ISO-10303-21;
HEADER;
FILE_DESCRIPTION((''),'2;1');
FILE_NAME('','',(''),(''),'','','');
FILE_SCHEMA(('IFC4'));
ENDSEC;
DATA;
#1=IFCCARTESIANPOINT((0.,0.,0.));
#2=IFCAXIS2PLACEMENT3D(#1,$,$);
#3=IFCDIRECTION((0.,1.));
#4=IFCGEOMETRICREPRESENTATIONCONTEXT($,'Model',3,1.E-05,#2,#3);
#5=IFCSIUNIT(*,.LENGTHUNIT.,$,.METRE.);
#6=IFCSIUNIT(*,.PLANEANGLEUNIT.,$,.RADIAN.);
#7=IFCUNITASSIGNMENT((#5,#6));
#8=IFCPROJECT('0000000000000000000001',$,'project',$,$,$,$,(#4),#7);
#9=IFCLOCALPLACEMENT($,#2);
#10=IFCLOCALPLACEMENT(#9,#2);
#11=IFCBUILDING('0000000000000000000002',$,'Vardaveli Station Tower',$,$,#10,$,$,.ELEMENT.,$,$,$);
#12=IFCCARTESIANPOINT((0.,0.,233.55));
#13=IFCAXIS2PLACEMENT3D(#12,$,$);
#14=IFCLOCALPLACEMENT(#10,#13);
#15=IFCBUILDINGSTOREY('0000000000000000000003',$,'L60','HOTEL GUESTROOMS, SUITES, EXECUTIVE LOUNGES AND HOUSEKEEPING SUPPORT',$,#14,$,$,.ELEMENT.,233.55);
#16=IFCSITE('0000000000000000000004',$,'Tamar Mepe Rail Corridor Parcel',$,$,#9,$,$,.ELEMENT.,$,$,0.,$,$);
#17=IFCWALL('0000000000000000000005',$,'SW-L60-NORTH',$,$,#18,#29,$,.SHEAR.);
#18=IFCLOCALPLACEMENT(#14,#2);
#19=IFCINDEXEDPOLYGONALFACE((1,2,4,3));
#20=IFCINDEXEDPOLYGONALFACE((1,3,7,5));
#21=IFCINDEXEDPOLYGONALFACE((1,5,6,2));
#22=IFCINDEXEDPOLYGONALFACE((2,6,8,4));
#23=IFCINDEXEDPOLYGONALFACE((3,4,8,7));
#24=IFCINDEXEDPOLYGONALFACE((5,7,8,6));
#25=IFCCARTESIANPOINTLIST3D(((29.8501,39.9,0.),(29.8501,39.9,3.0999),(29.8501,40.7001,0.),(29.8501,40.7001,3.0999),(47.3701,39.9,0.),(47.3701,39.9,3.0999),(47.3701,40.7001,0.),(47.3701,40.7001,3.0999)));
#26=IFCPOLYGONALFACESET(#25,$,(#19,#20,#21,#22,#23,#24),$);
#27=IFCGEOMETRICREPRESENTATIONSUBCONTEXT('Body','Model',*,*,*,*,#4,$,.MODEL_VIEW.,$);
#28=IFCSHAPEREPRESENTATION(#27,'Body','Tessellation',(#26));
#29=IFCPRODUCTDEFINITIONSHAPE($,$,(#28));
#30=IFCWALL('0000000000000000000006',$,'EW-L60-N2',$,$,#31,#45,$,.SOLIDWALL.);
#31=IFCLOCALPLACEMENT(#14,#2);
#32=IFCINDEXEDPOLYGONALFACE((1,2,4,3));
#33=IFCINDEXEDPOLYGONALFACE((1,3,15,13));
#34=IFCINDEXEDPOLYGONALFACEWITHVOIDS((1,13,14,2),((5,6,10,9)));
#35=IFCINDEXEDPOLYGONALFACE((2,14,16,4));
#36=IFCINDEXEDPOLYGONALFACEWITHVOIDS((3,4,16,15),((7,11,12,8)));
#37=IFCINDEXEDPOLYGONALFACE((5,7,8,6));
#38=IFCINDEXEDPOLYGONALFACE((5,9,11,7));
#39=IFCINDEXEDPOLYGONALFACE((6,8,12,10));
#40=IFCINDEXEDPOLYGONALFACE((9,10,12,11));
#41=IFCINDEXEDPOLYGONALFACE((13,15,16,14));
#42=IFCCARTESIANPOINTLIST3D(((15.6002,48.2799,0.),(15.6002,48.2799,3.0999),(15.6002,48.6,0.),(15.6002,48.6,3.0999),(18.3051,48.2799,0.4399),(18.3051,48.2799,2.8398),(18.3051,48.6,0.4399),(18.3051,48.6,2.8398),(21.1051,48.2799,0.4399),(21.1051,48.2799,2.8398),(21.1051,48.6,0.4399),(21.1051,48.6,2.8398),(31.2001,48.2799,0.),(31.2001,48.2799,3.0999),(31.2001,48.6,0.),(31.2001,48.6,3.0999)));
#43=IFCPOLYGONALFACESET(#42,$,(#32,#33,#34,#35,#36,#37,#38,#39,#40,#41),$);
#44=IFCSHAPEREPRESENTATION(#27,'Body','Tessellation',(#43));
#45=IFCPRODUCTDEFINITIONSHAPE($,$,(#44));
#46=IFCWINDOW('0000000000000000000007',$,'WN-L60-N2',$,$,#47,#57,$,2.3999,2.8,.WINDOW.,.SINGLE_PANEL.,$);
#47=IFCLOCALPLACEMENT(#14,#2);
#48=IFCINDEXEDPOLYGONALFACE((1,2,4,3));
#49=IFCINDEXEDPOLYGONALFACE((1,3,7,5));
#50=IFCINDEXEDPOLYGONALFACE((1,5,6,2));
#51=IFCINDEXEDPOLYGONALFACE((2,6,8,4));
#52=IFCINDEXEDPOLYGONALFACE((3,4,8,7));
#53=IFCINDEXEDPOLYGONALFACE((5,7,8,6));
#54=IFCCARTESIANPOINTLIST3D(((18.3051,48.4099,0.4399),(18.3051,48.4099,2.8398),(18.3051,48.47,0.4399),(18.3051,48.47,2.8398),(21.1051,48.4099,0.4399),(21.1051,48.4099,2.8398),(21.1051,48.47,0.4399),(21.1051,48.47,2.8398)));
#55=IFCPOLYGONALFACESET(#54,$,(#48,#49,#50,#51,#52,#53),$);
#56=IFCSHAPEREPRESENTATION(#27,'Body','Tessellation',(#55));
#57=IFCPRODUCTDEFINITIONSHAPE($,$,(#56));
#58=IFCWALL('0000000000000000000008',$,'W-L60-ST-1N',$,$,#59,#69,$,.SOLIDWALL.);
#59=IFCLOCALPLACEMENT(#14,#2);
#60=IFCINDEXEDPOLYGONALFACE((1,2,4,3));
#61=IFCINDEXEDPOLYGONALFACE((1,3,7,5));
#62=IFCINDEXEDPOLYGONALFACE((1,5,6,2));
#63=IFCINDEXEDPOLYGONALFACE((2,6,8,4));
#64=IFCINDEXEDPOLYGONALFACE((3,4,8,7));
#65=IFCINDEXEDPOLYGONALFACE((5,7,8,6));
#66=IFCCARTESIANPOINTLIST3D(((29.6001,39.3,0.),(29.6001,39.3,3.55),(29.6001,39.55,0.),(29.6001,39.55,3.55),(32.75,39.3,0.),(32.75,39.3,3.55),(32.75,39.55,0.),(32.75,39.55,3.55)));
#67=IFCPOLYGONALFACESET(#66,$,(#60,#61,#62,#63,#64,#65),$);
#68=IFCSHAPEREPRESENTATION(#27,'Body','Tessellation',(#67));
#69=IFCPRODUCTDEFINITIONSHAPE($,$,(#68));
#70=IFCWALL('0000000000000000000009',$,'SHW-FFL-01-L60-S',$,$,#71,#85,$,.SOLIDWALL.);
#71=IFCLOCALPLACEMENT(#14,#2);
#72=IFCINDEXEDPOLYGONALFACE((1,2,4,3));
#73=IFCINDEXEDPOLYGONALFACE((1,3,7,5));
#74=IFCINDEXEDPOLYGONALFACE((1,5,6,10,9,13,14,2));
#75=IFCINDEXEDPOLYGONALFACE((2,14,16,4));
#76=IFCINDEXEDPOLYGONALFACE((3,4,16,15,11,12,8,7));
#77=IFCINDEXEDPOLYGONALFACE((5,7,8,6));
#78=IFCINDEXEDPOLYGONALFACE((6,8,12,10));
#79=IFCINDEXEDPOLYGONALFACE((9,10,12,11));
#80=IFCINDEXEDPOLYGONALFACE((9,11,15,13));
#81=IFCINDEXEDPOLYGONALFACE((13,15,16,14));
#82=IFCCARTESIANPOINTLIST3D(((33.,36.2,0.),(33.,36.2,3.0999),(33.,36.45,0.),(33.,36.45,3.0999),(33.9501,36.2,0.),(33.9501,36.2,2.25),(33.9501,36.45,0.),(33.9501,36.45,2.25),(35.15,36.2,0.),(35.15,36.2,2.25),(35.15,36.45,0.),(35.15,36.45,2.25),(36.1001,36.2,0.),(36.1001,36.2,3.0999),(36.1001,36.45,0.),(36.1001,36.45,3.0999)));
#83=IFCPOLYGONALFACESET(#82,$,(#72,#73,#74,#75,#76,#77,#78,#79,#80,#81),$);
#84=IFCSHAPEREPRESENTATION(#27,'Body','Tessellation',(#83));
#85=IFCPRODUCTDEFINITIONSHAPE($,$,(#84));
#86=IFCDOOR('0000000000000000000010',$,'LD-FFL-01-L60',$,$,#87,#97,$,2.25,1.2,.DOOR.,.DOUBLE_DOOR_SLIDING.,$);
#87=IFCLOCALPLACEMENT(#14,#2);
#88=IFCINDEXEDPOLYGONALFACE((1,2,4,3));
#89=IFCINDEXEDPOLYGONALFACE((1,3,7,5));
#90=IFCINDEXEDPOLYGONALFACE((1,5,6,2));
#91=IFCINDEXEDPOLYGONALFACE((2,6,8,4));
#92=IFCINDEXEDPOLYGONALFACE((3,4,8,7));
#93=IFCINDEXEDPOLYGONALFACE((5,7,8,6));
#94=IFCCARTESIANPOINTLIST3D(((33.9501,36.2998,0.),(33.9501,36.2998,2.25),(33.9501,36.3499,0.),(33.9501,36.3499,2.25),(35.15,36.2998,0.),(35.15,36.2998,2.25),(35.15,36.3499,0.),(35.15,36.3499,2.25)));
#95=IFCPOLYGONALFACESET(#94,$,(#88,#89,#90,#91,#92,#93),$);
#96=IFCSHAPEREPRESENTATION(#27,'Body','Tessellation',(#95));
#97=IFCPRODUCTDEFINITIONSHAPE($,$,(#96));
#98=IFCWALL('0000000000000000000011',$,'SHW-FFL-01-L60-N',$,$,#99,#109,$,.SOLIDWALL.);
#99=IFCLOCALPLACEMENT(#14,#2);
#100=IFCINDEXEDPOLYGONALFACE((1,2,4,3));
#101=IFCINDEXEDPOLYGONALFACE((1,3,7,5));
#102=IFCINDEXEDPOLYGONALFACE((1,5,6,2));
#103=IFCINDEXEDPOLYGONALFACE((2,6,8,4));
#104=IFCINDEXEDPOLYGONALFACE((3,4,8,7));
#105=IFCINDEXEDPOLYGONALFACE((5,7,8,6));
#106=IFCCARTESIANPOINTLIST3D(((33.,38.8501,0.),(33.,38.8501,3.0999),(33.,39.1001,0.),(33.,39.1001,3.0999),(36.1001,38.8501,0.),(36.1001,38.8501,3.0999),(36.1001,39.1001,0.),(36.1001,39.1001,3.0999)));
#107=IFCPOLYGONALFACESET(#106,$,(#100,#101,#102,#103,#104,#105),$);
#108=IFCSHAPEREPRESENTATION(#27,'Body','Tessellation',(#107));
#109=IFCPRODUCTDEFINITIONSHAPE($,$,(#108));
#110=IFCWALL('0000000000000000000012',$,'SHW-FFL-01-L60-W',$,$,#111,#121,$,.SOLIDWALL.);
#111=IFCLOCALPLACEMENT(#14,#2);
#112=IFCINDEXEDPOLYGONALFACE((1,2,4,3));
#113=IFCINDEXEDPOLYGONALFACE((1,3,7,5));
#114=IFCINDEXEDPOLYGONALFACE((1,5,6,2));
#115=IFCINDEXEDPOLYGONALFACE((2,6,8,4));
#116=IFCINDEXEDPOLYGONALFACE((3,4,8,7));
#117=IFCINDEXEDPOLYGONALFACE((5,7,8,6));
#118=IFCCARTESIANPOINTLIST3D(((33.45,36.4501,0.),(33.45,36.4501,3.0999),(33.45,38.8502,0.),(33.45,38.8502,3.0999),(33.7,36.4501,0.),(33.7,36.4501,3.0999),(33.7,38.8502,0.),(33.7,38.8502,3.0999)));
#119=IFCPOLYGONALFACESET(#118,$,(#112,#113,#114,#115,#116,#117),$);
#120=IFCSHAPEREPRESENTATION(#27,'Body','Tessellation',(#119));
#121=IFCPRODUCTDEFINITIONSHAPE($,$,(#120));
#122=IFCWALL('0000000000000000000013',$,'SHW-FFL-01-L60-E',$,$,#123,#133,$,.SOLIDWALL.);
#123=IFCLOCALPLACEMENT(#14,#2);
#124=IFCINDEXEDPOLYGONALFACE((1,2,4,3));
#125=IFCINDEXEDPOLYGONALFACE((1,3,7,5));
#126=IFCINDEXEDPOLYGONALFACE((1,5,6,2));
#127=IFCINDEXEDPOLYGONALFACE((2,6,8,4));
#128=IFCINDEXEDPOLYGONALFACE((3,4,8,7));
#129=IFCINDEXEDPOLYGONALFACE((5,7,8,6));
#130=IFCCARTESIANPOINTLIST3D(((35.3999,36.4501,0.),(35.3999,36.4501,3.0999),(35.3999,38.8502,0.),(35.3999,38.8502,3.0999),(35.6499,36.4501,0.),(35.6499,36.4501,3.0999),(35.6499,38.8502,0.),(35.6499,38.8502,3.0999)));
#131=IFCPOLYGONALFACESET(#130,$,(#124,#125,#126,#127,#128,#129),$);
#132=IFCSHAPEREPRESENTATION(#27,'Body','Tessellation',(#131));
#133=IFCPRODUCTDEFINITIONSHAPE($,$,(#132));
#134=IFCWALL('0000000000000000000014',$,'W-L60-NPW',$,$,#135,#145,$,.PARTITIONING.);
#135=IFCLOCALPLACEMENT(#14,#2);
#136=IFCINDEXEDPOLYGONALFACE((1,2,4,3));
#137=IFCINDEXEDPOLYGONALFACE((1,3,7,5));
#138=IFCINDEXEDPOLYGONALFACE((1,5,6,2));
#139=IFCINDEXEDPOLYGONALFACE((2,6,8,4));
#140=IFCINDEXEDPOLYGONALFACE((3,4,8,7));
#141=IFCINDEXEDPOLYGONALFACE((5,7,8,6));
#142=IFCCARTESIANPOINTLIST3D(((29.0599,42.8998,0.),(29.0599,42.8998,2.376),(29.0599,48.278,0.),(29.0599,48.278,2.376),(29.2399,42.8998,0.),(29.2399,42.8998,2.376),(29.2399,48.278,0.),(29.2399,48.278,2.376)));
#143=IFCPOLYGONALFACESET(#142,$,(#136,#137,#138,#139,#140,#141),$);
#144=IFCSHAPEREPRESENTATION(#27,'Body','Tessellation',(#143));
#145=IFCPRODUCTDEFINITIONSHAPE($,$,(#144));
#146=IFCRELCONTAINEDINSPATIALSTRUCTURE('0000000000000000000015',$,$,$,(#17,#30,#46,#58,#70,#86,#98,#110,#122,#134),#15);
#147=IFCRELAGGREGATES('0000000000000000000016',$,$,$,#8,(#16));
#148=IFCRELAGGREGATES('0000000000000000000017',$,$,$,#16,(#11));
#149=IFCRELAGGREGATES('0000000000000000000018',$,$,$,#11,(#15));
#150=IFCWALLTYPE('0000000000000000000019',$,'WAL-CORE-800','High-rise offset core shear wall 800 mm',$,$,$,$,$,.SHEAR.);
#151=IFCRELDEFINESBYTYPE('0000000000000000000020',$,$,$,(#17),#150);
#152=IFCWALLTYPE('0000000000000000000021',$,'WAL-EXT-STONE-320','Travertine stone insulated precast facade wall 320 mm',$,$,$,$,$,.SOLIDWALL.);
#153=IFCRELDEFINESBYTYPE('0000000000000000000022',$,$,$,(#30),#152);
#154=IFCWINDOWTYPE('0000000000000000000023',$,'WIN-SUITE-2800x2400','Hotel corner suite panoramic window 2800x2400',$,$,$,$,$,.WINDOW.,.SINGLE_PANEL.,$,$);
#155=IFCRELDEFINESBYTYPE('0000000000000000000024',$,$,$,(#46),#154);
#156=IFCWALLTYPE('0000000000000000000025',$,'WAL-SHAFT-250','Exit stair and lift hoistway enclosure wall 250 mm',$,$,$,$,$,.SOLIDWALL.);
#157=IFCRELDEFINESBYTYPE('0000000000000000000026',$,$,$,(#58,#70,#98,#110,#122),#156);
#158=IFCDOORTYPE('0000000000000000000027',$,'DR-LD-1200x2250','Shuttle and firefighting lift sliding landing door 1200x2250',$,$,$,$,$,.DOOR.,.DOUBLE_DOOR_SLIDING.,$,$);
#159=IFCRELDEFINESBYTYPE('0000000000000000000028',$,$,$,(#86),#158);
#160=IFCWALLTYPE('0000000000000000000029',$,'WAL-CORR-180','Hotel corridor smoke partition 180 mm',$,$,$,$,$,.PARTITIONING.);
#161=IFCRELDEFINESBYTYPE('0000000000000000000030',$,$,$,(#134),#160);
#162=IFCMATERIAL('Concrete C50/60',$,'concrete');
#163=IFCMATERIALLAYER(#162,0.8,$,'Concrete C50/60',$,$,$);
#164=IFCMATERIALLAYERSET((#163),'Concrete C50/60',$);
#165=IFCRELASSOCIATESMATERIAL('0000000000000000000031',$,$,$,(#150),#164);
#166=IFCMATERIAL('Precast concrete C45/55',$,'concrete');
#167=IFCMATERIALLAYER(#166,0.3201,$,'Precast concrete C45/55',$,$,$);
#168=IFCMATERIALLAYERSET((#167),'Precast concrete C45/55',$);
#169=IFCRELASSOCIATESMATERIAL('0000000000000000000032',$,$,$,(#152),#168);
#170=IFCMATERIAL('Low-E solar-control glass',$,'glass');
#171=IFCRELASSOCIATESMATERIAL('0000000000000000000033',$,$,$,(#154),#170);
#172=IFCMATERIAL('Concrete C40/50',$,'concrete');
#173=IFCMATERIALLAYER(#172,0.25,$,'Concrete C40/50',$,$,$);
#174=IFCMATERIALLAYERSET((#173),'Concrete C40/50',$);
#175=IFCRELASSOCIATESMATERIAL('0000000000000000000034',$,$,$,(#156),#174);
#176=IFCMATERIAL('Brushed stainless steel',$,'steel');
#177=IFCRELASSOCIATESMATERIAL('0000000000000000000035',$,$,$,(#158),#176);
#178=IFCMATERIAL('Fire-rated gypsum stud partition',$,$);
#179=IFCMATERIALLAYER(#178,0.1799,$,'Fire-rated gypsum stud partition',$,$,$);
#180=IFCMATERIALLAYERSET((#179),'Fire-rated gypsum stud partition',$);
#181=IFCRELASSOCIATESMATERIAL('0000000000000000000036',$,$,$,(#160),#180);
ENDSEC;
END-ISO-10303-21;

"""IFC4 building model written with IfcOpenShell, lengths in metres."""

from ifc_helpers import new_model, si_unit, direction, frame, frame_2d, origin, place, context, subcontext, project, spatial, rectangle, extrude, source, transform, mapped, material, layer, layer_set, type_object, element, fill, save


model = new_model("IFC4")

# Units and contexts
model_context = context("Model", 3, precision=1e-05, world=origin(), true_north=direction((0.0, 1.0)))
body_context = subcontext(model_context, "Body", "Model", "MODEL_VIEW")
ifc_project = project(units=[si_unit("LENGTHUNIT", "METRE"), si_unit("PLANEANGLEUNIT", "RADIAN")], contexts=[model_context])

# Site, building, storey
site_placement = place(None, origin())
site = spatial("IfcSite", under=ifc_project, at=site_placement, Name="Tamar Mepe Rail Corridor Parcel", CompositionType="ELEMENT", RefElevation=0.0)
building_placement = place(site_placement, origin())
building = spatial("IfcBuilding", under=site, at=building_placement, Name="Vardaveli Station Tower", CompositionType="ELEMENT")
storey_placement = place(building_placement, frame((0.0, 0.0, 233.55)))
storey = spatial("IfcBuildingStorey", under=building, at=storey_placement, Name="L60", Description="HOTEL GUESTROOMS, SUITES, EXECUTIVE LOUNGES AND HOUSEKEEPING SUPPORT", CompositionType="ELEMENT", Elevation=233.55)

# Shared definitions
ifc_material_1 = material(Name="Precast concrete C45/55", Category="concrete")

# Wall
ifc_material_2 = material(Name="Concrete C50/60", Category="concrete")
ifc_layer_1 = layer(ifc_material_2, 0.8, Name="Concrete C50/60")
ifc_layer_set_1 = layer_set([ifc_layer_1], Name="Concrete C50/60")
wall_type_1 = type_object("IfcWallType", Name="WAL-CORE-800", Description="High-rise offset core shear wall 800 mm", PredefinedType="SHEAR", material=ifc_layer_set_1)
shared_shape_1 = source(origin(), body_context, "Body", "SweptSolid", [
    extrude(rectangle(XDim=17.52, YDim=0.8, at=frame_2d((8.76, 0.0))), origin(), (0.0, 0.0, 1.0), 3.0999),
])
wall_1_placement = place(storey_placement, frame((29.8501, 40.3, 0.0), z_axis=(0.0, 0.0, 1.0), x_axis=(1.0, 0.0, 0.0)))
element("IfcWall", 1, at=wall_1_placement, inside=storey, type_object=wall_type_1, Name="SW-L60-NORTH", PredefinedType="SHEAR", context=body_context, shape_type="MappedRepresentation", body=[
    mapped(shared_shape_1, transform((0.0, 0.0, 0.0), scale=1.0)),
])

# Wall, opening, window
ifc_layer_2 = layer(ifc_material_1, 0.3201, Name="Precast concrete C45/55")
ifc_layer_set_2 = layer_set([ifc_layer_2], Name="Precast concrete C45/55")
wall_type_2 = type_object("IfcWallType", Name="WAL-EXT-STONE-320", Description="Travertine stone insulated precast facade wall 320 mm", PredefinedType="SOLIDWALL", material=ifc_layer_set_2)
shared_shape_2 = source(origin(), body_context, "Body", "SweptSolid", [
    extrude(rectangle(XDim=15.5999, YDim=0.3201, at=frame_2d((7.7998, 0.0))), origin(), (0.0, 0.0, 1.0), 3.0999),
])
wall_2_placement = place(storey_placement, frame((31.2, 48.4399, 0.0), z_axis=(0.0, 0.0, 1.0), x_axis=(-1.0, 0.0, 0.0)))
wall_2 = element("IfcWall", 2, at=wall_2_placement, inside=storey, type_object=wall_type_2, Name="EW-L60-N2", PredefinedType="SOLIDWALL", context=body_context, shape_type="MappedRepresentation", body=[
    mapped(shared_shape_2, transform((0.0, 0.0, 0.0), scale=1.0)),
])
shared_shape_3 = source(origin(), body_context, "Body", "SweptSolid", [
    extrude(rectangle(XDim=2.8, YDim=2.3999, at=frame_2d((1.3999, 1.2))), frame((0.0, 0.1699, 0.0), z_axis=(0.0, -1.0, 0.0), x_axis=(1.0, 0.0, 0.0)), (0.0, 0.0, 1.0), 0.3401),
])
opening_1_placement = place(wall_2_placement, frame((10.095, 0.0, 0.4399)))
opening_1 = element("IfcOpeningElement", 3, at=opening_1_placement, cuts=wall_2, PredefinedType="OPENING", context=body_context, shape_type="MappedRepresentation", body=[
    mapped(shared_shape_3, transform((0.0, 0.0, 0.0), scale=1.0)),
])
ifc_material_3 = material(Name="Low-E solar-control glass", Category="glass")
window_type = type_object("IfcWindowType", Name="WIN-SUITE-2800x2400", Description="Hotel corner suite panoramic window 2800x2400", PartitioningType="SINGLE_PANEL", PredefinedType="WINDOW", material=ifc_material_3)
shared_shape_4 = source(origin(), body_context, "Body", "SweptSolid", [
    extrude(rectangle(XDim=2.8, YDim=2.3999, at=frame_2d((1.3999, 1.2))), frame((0.0, 0.03, 0.0), z_axis=(0.0, -1.0, 0.0), x_axis=(1.0, 0.0, 0.0)), (0.0, 0.0, 1.0), 0.0601),
])
window_placement = place(opening_1_placement, origin())
window = element("IfcWindow", 4, at=window_placement, inside=storey, type_object=window_type, Name="WN-L60-N2", OverallHeight=2.3999, OverallWidth=2.8, PartitioningType="SINGLE_PANEL", PredefinedType="WINDOW", context=body_context, shape_type="MappedRepresentation", body=[
    mapped(shared_shape_4, transform((0.0, 0.0, 0.0), scale=1.0)),
])
fill(opening_1, window)

# Wall
ifc_material_4 = material(Name="Concrete C40/50", Category="concrete")
ifc_layer_3 = layer(ifc_material_4, 0.25, Name="Concrete C40/50")
ifc_layer_set_3 = layer_set([ifc_layer_3], Name="Concrete C40/50")
wall_type_3 = type_object("IfcWallType", Name="WAL-SHAFT-250", Description="Exit stair and lift hoistway enclosure wall 250 mm", PredefinedType="SOLIDWALL", material=ifc_layer_set_3)
shared_shape_5 = source(origin(), body_context, "Body", "SweptSolid", [
    extrude(rectangle(XDim=3.1499, YDim=0.25, at=frame_2d((1.575, 0.0))), origin(), (0.0, 0.0, 1.0), 3.55),
])
wall_3_placement = place(storey_placement, frame((29.6001, 39.425, 0.0), z_axis=(0.0, 0.0, 1.0), x_axis=(1.0, 0.0, 0.0)))
element("IfcWall", 5, at=wall_3_placement, inside=storey, type_object=wall_type_3, Name="W-L60-ST-1N", PredefinedType="SOLIDWALL", context=body_context, shape_type="MappedRepresentation", body=[
    mapped(shared_shape_5, transform((0.0, 0.0, 0.0), scale=1.0)),
])

# Wall, opening, door
shared_shape_6 = source(origin(), body_context, "Body", "SweptSolid", [
    extrude(rectangle(XDim=3.1001, YDim=0.25, at=frame_2d((1.55, 0.0))), origin(), (0.0, 0.0, 1.0), 3.0999),
])
wall_4_placement = place(storey_placement, frame((33.0, 36.325, 0.0), z_axis=(0.0, 0.0, 1.0), x_axis=(1.0, 0.0, 0.0)))
wall_4 = element("IfcWall", 6, at=wall_4_placement, inside=storey, type_object=wall_type_3, Name="SHW-FFL-01-L60-S", PredefinedType="SOLIDWALL", context=body_context, shape_type="MappedRepresentation", body=[
    mapped(shared_shape_6, transform((0.0, 0.0, 0.0), scale=1.0)),
])
shared_shape_7 = source(origin(), body_context, "Body", "SweptSolid", [
    extrude(rectangle(XDim=1.2, YDim=2.25, at=frame_2d((0.6001, 1.125))), frame((0.0, 0.135, 0.0), z_axis=(0.0, -1.0, 0.0), x_axis=(1.0, 0.0, 0.0)), (0.0, 0.0, 1.0), 0.27),
])
opening_2_placement = place(wall_4_placement, frame((0.95, 0.0, 0.0)))
opening_2 = element("IfcOpeningElement", 7, at=opening_2_placement, cuts=wall_4, PredefinedType="OPENING", context=body_context, shape_type="MappedRepresentation", body=[
    mapped(shared_shape_7, transform((0.0, 0.0, 0.0), scale=1.0)),
])
ifc_material_5 = material(Name="Brushed stainless steel", Category="steel")
door_type = type_object("IfcDoorType", Name="DR-LD-1200x2250", Description="Shuttle and firefighting lift sliding landing door 1200x2250", OperationType="DOUBLE_DOOR_SLIDING", PredefinedType="DOOR", material=ifc_material_5)
shared_shape_8 = source(origin(), body_context, "Body", "SweptSolid", [
    extrude(rectangle(XDim=1.2, YDim=2.25, at=frame_2d((0.6001, 1.125))), frame((0.0, 0.0249, 0.0), z_axis=(0.0, -1.0, 0.0), x_axis=(1.0, 0.0, 0.0)), (0.0, 0.0, 1.0), 0.05),
])
door_placement = place(opening_2_placement, origin())
door = element("IfcDoor", 8, at=door_placement, inside=storey, type_object=door_type, Name="LD-FFL-01-L60", OperationType="DOUBLE_DOOR_SLIDING", OverallHeight=2.25, OverallWidth=1.2, PredefinedType="DOOR", context=body_context, shape_type="MappedRepresentation", body=[
    mapped(shared_shape_8, transform((0.0, 0.0, 0.0), scale=1.0)),
])
fill(opening_2, door)

# Walls
wall_5_placement = place(storey_placement, frame((33.0, 38.9751, 0.0), z_axis=(0.0, 0.0, 1.0), x_axis=(1.0, 0.0, 0.0)))
element("IfcWall", 9, at=wall_5_placement, inside=storey, type_object=wall_type_3, Name="SHW-FFL-01-L60-N", PredefinedType="SOLIDWALL", context=body_context, shape_type="MappedRepresentation", body=[
    mapped(shared_shape_6, transform((0.0, 0.0, 0.0), scale=1.0)),
])
shared_shape_9 = source(origin(), body_context, "Body", "SweptSolid", [
    extrude(rectangle(XDim=2.4001, YDim=0.25, at=frame_2d((1.2002, 0.0))), origin(), (0.0, 0.0, 1.0), 3.0999),
])
for number, where, z_axis, x_axis, name in (
    (10, (33.575, 36.45, 0.0), (0.0, 0.0, 1.0), (0.0, 1.0, 0.0), "SHW-FFL-01-L60-W"),
    (11, (35.5249, 36.45, 0.0), (0.0, 0.0, 1.0), (0.0, 1.0, 0.0), "SHW-FFL-01-L60-E"),
):
    element("IfcWall", number, at=place(storey_placement, frame(where, z_axis=z_axis, x_axis=x_axis)), inside=storey, type_object=wall_type_3, Name=name, PredefinedType="SOLIDWALL", context=body_context, shape_type="MappedRepresentation", body=[
        mapped(shared_shape_9, transform((0.0, 0.0, 0.0), scale=1.0)),
    ])
ifc_material_6 = material(Name="Fire-rated gypsum stud partition")
ifc_layer_4 = layer(ifc_material_6, 0.1799, Name="Fire-rated gypsum stud partition")
ifc_layer_set_4 = layer_set([ifc_layer_4], Name="Fire-rated gypsum stud partition")
wall_type_4 = type_object("IfcWallType", Name="WAL-CORR-180", Description="Hotel corridor smoke partition 180 mm", PredefinedType="PARTITIONING", material=ifc_layer_set_4)
shared_shape_10 = source(origin(), body_context, "Body", "SweptSolid", [
    extrude(rectangle(XDim=5.3782, YDim=0.1799, at=frame_2d((2.689, 0.0))), origin(), (0.0, 0.0, 1.0), 2.376),
])
wall_6_placement = place(storey_placement, frame((29.1499, 42.8999, 0.0), z_axis=(0.0, 0.0, 1.0), x_axis=(0.0, 1.0, 0.0)))
element("IfcWall", 12, at=wall_6_placement, inside=storey, type_object=wall_type_4, Name="W-L60-NPW", PredefinedType="PARTITIONING", context=body_context, shape_type="MappedRepresentation", body=[
    mapped(shared_shape_10, transform((0.0, 0.0, 0.0), scale=1.0)),
])

save(model, "model.ifc")
